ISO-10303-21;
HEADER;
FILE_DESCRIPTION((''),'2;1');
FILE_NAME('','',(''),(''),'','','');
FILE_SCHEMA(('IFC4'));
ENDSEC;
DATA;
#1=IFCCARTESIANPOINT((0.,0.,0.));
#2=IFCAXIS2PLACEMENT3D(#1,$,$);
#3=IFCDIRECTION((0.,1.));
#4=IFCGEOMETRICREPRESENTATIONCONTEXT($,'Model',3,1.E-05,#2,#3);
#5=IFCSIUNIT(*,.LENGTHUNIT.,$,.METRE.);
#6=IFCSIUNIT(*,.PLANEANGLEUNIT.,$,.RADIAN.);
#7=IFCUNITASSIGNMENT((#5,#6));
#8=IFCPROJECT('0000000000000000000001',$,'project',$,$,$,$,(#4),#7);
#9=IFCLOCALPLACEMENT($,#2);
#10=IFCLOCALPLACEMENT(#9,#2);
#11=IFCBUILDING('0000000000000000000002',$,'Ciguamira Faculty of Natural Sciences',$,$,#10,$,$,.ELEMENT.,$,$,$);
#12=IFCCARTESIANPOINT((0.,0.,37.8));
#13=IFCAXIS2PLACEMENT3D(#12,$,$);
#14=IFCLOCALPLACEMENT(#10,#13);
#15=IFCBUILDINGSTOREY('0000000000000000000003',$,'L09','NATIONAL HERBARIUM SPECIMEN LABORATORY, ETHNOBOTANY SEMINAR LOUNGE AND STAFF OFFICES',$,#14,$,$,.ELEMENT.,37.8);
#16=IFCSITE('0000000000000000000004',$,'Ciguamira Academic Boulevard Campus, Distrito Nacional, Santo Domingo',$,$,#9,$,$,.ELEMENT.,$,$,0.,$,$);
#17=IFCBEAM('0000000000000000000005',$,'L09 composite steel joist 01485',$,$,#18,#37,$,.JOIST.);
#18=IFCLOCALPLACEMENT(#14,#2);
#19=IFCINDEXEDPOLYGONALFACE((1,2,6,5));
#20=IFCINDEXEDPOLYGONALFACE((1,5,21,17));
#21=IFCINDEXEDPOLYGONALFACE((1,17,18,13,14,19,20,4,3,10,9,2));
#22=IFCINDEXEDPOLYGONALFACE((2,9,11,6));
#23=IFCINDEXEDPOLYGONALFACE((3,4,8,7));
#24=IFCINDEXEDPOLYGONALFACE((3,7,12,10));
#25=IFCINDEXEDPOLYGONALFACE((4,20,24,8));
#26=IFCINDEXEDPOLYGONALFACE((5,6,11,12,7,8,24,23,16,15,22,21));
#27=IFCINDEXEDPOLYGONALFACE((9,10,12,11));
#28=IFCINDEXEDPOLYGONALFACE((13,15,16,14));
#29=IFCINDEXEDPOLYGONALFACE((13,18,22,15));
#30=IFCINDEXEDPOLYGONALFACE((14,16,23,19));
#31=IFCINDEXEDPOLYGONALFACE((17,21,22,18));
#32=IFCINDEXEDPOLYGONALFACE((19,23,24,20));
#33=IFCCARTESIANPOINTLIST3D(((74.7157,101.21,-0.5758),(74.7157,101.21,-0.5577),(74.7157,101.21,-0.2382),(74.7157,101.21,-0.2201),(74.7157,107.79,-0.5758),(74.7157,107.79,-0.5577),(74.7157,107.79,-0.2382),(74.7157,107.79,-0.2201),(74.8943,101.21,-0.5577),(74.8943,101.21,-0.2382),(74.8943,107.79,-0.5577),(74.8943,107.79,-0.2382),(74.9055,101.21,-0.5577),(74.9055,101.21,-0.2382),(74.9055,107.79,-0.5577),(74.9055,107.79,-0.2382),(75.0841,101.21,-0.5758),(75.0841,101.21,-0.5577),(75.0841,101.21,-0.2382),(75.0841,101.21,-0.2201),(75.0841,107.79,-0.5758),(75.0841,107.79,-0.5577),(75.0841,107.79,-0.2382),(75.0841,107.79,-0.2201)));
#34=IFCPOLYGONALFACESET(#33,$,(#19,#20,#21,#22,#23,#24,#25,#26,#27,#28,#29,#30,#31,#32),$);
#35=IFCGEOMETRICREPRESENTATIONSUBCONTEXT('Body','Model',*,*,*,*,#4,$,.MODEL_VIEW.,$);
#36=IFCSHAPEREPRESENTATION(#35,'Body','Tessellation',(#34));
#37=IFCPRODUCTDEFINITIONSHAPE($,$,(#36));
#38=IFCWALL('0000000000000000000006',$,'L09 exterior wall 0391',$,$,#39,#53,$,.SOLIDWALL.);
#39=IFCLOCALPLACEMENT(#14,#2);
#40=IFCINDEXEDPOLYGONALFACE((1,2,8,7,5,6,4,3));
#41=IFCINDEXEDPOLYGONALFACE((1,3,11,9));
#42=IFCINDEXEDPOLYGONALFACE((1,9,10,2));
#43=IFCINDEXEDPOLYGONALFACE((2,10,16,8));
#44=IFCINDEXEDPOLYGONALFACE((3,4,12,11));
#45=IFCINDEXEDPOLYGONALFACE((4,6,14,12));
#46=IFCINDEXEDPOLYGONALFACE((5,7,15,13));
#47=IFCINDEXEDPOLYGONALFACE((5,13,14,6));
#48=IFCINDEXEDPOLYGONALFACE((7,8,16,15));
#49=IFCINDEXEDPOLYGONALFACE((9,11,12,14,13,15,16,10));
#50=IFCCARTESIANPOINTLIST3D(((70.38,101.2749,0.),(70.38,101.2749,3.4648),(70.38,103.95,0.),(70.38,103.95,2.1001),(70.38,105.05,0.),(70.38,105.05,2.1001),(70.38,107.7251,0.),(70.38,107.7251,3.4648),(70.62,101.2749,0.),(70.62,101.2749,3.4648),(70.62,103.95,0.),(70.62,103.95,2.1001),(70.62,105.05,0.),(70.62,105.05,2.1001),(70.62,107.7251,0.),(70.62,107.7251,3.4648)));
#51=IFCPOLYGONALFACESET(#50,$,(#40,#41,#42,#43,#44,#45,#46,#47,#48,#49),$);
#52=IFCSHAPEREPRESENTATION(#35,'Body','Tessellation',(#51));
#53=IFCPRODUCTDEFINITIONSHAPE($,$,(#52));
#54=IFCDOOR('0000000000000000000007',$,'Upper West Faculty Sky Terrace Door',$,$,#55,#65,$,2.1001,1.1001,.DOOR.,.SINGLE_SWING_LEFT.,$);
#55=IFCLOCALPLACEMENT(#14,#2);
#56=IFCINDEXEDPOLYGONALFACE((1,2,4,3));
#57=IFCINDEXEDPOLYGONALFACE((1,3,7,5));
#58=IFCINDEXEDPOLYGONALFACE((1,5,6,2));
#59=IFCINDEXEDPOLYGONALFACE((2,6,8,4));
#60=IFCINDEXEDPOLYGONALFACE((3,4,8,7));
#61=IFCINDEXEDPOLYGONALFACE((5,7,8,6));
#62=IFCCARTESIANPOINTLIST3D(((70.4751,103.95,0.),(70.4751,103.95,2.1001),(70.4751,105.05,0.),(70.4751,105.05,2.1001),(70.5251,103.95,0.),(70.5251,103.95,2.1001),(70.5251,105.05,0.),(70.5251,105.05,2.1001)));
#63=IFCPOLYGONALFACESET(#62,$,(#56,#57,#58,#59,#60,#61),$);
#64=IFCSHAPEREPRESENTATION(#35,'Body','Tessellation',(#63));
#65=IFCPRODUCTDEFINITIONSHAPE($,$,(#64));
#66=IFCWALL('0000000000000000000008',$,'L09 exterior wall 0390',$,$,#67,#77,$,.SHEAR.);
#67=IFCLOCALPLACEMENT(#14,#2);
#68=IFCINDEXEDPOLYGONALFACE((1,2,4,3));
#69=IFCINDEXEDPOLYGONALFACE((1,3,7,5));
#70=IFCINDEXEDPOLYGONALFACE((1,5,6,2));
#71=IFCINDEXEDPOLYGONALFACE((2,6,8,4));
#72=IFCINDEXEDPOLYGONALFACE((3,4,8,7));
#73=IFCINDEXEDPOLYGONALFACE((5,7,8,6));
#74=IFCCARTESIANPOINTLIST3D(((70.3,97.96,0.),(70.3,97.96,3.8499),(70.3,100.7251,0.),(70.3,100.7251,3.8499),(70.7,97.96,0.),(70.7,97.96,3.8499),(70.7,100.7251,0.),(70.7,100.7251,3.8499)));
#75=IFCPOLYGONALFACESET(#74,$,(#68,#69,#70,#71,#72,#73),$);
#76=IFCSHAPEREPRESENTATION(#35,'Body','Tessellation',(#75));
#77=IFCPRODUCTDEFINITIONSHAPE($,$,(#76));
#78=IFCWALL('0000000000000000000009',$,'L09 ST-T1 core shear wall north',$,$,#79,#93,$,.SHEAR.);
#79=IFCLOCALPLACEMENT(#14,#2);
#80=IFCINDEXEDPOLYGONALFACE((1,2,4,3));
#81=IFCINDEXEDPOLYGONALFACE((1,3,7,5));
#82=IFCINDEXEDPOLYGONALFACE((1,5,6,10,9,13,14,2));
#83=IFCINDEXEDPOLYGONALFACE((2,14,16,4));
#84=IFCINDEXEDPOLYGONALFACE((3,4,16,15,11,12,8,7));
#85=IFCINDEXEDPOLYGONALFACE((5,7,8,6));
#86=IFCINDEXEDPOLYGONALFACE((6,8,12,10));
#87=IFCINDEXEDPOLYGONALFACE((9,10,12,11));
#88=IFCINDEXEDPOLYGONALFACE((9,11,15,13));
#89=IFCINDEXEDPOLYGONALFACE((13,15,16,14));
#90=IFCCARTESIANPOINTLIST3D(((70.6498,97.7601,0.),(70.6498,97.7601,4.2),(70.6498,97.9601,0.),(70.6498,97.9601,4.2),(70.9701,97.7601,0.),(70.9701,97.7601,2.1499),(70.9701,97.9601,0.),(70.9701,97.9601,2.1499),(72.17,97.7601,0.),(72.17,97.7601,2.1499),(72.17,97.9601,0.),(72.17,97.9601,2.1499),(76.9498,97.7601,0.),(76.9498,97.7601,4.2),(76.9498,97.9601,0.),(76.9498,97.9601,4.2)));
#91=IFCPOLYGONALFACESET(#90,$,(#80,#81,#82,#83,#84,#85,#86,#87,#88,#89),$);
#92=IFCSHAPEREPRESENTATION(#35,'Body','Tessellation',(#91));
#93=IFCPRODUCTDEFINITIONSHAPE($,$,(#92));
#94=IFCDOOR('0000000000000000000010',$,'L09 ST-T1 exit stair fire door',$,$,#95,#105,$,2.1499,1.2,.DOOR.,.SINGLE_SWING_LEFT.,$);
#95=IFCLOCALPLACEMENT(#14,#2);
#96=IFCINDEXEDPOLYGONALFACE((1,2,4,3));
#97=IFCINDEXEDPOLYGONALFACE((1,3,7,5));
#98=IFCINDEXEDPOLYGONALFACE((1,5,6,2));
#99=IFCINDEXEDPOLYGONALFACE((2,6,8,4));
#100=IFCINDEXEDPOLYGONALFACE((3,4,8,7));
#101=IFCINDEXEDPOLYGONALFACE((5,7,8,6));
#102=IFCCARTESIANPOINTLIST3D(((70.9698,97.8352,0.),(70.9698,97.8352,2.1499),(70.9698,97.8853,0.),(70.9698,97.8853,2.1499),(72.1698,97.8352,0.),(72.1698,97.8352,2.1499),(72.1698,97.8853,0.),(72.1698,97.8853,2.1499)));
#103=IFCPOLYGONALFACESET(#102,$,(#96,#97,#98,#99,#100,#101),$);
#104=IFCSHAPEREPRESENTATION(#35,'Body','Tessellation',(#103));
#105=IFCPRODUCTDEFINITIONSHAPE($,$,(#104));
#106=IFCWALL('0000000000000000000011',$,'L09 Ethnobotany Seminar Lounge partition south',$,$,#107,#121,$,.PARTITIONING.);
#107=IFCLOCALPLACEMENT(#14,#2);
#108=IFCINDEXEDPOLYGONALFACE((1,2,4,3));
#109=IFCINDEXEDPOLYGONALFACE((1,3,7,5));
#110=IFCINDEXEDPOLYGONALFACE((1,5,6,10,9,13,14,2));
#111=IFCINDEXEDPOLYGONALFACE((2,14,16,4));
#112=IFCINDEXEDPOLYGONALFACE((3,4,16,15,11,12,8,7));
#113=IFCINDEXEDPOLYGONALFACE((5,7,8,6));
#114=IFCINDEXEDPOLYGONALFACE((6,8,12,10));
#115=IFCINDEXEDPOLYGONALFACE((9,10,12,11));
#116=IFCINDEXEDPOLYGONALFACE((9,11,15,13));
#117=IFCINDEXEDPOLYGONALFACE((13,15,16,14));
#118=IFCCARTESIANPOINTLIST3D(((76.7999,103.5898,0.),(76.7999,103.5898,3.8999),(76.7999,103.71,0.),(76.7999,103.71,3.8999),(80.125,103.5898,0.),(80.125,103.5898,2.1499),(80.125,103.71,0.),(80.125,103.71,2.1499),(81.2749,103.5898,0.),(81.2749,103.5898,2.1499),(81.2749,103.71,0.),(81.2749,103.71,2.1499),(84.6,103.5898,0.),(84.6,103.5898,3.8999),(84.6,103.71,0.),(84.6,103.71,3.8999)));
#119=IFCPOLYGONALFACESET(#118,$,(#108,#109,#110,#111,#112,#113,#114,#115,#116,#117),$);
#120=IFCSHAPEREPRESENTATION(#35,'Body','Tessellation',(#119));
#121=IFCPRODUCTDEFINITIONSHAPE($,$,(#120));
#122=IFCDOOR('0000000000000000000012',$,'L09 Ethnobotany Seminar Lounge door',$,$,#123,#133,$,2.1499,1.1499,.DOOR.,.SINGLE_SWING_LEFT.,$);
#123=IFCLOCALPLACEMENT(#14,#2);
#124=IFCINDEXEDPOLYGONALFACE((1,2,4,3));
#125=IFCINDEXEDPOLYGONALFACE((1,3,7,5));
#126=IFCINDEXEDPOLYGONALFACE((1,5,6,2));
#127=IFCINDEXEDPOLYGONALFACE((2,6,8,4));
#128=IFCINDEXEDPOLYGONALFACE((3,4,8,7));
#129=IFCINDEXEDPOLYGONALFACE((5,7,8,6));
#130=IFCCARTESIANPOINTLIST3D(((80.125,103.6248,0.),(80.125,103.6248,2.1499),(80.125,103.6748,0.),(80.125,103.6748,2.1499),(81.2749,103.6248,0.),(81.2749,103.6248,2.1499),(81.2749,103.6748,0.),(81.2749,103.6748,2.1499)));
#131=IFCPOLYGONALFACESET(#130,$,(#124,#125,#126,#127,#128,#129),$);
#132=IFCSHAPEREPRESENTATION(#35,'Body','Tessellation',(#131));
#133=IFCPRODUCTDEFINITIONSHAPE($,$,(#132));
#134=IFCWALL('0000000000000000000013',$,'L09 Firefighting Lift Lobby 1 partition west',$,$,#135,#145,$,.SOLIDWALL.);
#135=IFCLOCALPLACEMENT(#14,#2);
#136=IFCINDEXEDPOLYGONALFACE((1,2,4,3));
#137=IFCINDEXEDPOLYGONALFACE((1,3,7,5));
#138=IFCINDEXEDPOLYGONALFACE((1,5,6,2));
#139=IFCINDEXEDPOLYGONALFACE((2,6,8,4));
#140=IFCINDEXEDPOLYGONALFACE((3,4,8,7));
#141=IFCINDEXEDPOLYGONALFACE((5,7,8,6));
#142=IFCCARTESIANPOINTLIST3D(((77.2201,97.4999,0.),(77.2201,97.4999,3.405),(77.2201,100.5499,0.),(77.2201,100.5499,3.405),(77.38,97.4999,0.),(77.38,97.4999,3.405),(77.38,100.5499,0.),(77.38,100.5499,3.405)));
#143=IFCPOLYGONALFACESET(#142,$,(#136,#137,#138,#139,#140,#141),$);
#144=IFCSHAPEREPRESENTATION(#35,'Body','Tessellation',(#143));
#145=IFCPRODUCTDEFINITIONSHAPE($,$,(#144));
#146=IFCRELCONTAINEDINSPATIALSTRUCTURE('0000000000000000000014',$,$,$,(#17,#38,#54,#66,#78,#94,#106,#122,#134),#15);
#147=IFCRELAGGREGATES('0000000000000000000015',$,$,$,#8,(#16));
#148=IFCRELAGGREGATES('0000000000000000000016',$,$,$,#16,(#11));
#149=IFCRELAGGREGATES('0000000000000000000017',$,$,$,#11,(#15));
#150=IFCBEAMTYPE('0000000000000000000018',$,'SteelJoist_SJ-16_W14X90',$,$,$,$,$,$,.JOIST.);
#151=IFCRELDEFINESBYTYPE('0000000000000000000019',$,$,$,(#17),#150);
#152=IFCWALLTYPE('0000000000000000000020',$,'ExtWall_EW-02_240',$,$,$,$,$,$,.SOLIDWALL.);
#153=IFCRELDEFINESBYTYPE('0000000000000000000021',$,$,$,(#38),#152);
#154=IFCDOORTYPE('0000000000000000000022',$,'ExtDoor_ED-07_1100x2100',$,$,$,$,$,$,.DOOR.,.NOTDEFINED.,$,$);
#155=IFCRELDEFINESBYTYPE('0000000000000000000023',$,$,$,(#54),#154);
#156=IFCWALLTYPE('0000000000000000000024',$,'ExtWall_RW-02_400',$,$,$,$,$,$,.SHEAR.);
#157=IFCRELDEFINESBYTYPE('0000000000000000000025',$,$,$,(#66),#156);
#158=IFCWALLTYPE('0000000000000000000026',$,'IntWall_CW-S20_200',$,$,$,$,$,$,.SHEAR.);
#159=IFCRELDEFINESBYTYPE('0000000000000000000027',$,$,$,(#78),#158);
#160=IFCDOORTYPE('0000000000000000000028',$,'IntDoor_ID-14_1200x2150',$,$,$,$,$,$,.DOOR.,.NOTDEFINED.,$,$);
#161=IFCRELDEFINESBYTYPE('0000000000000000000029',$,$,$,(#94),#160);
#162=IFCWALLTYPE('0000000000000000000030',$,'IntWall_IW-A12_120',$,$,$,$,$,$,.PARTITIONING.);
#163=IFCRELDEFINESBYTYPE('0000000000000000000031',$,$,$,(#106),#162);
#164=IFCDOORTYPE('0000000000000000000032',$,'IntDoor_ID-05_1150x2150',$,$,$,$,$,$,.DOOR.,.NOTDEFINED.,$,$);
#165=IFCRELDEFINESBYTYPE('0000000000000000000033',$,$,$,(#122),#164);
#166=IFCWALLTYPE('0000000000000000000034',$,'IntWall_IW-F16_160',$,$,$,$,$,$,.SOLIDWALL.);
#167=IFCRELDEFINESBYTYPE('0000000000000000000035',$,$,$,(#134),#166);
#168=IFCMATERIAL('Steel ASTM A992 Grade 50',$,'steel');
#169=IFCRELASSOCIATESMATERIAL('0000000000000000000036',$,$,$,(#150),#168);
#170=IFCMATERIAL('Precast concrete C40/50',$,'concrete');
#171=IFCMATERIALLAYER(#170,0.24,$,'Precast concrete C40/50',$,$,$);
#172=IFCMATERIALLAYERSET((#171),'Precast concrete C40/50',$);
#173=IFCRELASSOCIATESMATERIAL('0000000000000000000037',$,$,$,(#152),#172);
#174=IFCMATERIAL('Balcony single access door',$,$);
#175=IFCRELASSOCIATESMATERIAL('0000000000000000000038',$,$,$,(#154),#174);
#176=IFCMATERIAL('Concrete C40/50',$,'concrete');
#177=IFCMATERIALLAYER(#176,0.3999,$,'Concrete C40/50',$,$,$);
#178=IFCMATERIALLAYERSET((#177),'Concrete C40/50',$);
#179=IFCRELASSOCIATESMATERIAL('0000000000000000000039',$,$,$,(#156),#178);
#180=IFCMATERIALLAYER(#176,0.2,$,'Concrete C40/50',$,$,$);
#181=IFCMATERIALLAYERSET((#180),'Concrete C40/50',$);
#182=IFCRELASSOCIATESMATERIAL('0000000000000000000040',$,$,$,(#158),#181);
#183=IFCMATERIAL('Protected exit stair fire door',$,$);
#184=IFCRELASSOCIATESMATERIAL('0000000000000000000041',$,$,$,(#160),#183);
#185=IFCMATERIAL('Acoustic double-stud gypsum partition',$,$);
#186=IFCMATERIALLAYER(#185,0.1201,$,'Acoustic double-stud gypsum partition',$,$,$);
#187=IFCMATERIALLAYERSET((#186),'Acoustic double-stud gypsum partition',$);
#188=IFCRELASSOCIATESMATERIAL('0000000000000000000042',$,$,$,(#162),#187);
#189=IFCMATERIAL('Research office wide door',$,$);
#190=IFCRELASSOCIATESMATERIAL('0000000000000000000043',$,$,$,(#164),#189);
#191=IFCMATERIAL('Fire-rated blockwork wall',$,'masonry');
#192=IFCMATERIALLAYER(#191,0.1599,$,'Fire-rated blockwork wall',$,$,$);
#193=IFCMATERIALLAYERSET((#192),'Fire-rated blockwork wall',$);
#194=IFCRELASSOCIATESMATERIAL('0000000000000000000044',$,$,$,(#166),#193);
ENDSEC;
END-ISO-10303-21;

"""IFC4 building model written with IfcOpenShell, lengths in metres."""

from ifc_helpers import new_model, si_unit, direction, frame, frame_2d, origin, origin_2d, place, context, subcontext, project, spatial, rectangle, i_section, extrude, material, layer, layer_set, material_profile, profile_set, type_object, element, fill, save


model = new_model("IFC4")

# Units and contexts
model_context = context("Model", 3, precision=1e-05, world=origin(), true_north=direction((0.0, 1.0)))
body_context = subcontext(model_context, "Body", "Model", "MODEL_VIEW")
ifc_project = project(units=[si_unit("LENGTHUNIT", "METRE"), si_unit("PLANEANGLEUNIT", "RADIAN")], contexts=[model_context])

# Site, building, storey
site_placement = place(None, origin())
site = spatial("IfcSite", under=ifc_project, at=site_placement, Name="Ciguamira Academic Boulevard Campus, Distrito Nacional, Santo Domingo", CompositionType="ELEMENT", RefElevation=0.0)
building_placement = place(site_placement, origin())
building = spatial("IfcBuilding", under=site, at=building_placement, Name="Ciguamira Faculty of Natural Sciences", CompositionType="ELEMENT")
storey_placement = place(building_placement, frame((0.0, 0.0, 37.8)))
storey = spatial("IfcBuildingStorey", under=building, at=storey_placement, Name="L09", Description="NATIONAL HERBARIUM SPECIMEN LABORATORY, ETHNOBOTANY SEMINAR LOUNGE AND STAFF OFFICES", CompositionType="ELEMENT", Elevation=37.8)

# Shared definitions
ifc_material_1 = material(Name="Concrete C40/50", Category="concrete")

# Beam
ifc_material_2 = material(Name="Precast concrete C40/50", Category="concrete")
ifc_material_3 = material(Name="Steel ASTM A992 Grade 50", Category="steel")
ifc_material_profile_1 = material_profile(ifc_material_3, i_section(OverallWidth=0.3684, OverallDepth=0.3557, WebThickness=0.0112, FlangeThickness=0.0181, at=origin_2d()), Name="W14X90")
ifc_profile_set_1 = profile_set([ifc_material_profile_1], Name="Steel ASTM A992 Grade 50")
beam_type_1 = type_object("IfcBeamType", Name="SteelJoist_SJ-16_W14X90", PredefinedType="JOIST", material=ifc_profile_set_1)
beam_1_placement = place(storey_placement, frame((74.8999, 101.21, -0.3979), z_axis=(0.0, 1.0, 0.0), x_axis=(-1.0, 0.0, 0.0)))
element("IfcBeam", 1, at=beam_1_placement, inside=storey, type_object=beam_type_1, Name="L09 composite steel joist 01485", PredefinedType="JOIST", context=body_context, shape_type="SweptSolid", body=[
    extrude(i_section(OverallWidth=0.3684, OverallDepth=0.3557, WebThickness=0.0112, FlangeThickness=0.0181, at=origin_2d()), origin(), (0.0, 0.0, 1.0), 6.5801),
])

# Wall, opening, door
ifc_layer_1 = layer(ifc_material_2, 0.24, Name="Precast concrete C40/50")
ifc_layer_set_1 = layer_set([ifc_layer_1], Name="Precast concrete C40/50")
wall_type_1 = type_object("IfcWallType", Name="ExtWall_EW-02_240", PredefinedType="SOLIDWALL", material=ifc_layer_set_1)
wall_1_placement = place(storey_placement, frame((70.5, 101.2749, 0.0), z_axis=(0.0, 0.0, 1.0), x_axis=(0.0, 1.0, 0.0)))
wall_1 = element("IfcWall", 2, at=wall_1_placement, inside=storey, type_object=wall_type_1, Name="L09 exterior wall 0391", PredefinedType="SOLIDWALL", context=body_context, shape_type="SweptSolid", body=[
    extrude(rectangle(XDim=6.4502, YDim=0.24, at=frame_2d((3.2251, 0.0))), origin(), (0.0, 0.0, 1.0), 3.4648),
])
opening_1_placement = place(wall_1_placement, frame((2.675, 0.0, 0.0)))
opening_1 = element("IfcOpeningElement", 3, at=opening_1_placement, cuts=wall_1, PredefinedType="OPENING", context=body_context, shape_type="SweptSolid", body=[
    extrude(rectangle(XDim=1.1001, YDim=2.1001, at=frame_2d((0.55, 1.05))), frame((0.0, 0.1299, 0.0), z_axis=(0.0, -1.0, 0.0), x_axis=(1.0, 0.0, 0.0)), (0.0, 0.0, 1.0), 0.26),
])
ifc_material_4 = material(Name="Balcony single access door")
door_type_1 = type_object("IfcDoorType", Name="ExtDoor_ED-07_1100x2100", OperationType="NOTDEFINED", PredefinedType="DOOR", material=ifc_material_4)
door_1_placement = place(opening_1_placement, origin())
door_1 = element("IfcDoor", 4, at=door_1_placement, inside=storey, type_object=door_type_1, Name="Upper West Faculty Sky Terrace Door", OperationType="SINGLE_SWING_LEFT", OverallHeight=2.1001, OverallWidth=1.1001, PredefinedType="DOOR", context=body_context, shape_type="SweptSolid", body=[
    extrude(rectangle(XDim=1.1001, YDim=2.1001, at=frame_2d((0.55, 1.05))), frame((0.0, 0.0249, 0.0), z_axis=(0.0, -1.0, 0.0), x_axis=(1.0, 0.0, 0.0)), (0.0, 0.0, 1.0), 0.05),
])
fill(opening_1, door_1)

# Wall
ifc_layer_2 = layer(ifc_material_1, 0.3999, Name="Concrete C40/50")
ifc_layer_set_2 = layer_set([ifc_layer_2], Name="Concrete C40/50")
wall_type_2 = type_object("IfcWallType", Name="ExtWall_RW-02_400", PredefinedType="SHEAR", material=ifc_layer_set_2)
wall_2_placement = place(storey_placement, frame((70.5, 97.96, 0.0), z_axis=(0.0, 0.0, 1.0), x_axis=(0.0, 1.0, 0.0)))
element("IfcWall", 5, at=wall_2_placement, inside=storey, type_object=wall_type_2, Name="L09 exterior wall 0390", PredefinedType="SHEAR", context=body_context, shape_type="SweptSolid", body=[
    extrude(rectangle(XDim=2.7651, YDim=0.3999, at=frame_2d((1.3826, 0.0))), origin(), (0.0, 0.0, 1.0), 3.8499),
])

# Walls, openings, doors
ifc_layer_3 = layer(ifc_material_1, 0.2, Name="Concrete C40/50")
ifc_layer_set_3 = layer_set([ifc_layer_3], Name="Concrete C40/50")
wall_type_3 = type_object("IfcWallType", Name="IntWall_CW-S20_200", PredefinedType="SHEAR", material=ifc_layer_set_3)
wall_3_placement = place(storey_placement, frame((70.6499, 97.8601, 0.0), z_axis=(0.0, 0.0, 1.0), x_axis=(1.0, 0.0, 0.0)))
wall_3 = element("IfcWall", 6, at=wall_3_placement, inside=storey, type_object=wall_type_3, Name="L09 ST-T1 core shear wall north", PredefinedType="SHEAR", context=body_context, shape_type="SweptSolid", body=[
    extrude(rectangle(XDim=6.3, YDim=0.2, at=frame_2d((3.1499, 0.0))), origin(), (0.0, 0.0, 1.0), 4.2),
])
opening_2_placement = place(wall_3_placement, frame((0.3201, 0.0, 0.0)))
opening_2 = element("IfcOpeningElement", 7, at=opening_2_placement, cuts=wall_3, PredefinedType="OPENING", context=body_context, shape_type="SweptSolid", body=[
    extrude(rectangle(XDim=1.2, YDim=2.1499, at=frame_2d((0.6001, 1.075))), frame((0.0, 0.1099, 0.0), z_axis=(0.0, -1.0, 0.0), x_axis=(1.0, 0.0, 0.0)), (0.0, 0.0, 1.0), 0.22),
])
ifc_material_5 = material(Name="Protected exit stair fire door")
door_type_2 = type_object("IfcDoorType", Name="IntDoor_ID-14_1200x2150", OperationType="NOTDEFINED", PredefinedType="DOOR", material=ifc_material_5)
door_2_placement = place(opening_2_placement, frame((1.2, 0.0, 0.0), z_axis=(0.0, 0.0, 1.0), x_axis=(-1.0, 0.0, 0.0)))
door_2 = element("IfcDoor", 8, at=door_2_placement, inside=storey, type_object=door_type_2, Name="L09 ST-T1 exit stair fire door", OperationType="SINGLE_SWING_LEFT", OverallHeight=2.1499, OverallWidth=1.2, PredefinedType="DOOR", context=body_context, shape_type="SweptSolid", body=[
    extrude(rectangle(XDim=1.2, YDim=2.1499, at=frame_2d((0.6001, 1.075))), frame((0.0, 0.0249, 0.0), z_axis=(0.0, -1.0, 0.0), x_axis=(1.0, 0.0, 0.0)), (0.0, 0.0, 1.0), 0.05),
])
fill(opening_2, door_2)
ifc_material_6 = material(Name="Acoustic double-stud gypsum partition")
ifc_layer_4 = layer(ifc_material_6, 0.1201, Name="Acoustic double-stud gypsum partition")
ifc_layer_set_4 = layer_set([ifc_layer_4], Name="Acoustic double-stud gypsum partition")
wall_type_4 = type_object("IfcWallType", Name="IntWall_IW-A12_120", PredefinedType="PARTITIONING", material=ifc_layer_set_4)
wall_4_placement = place(storey_placement, frame((76.8, 103.6499, 0.0), z_axis=(0.0, 0.0, 1.0), x_axis=(1.0, 0.0, 0.0)))
wall_4 = element("IfcWall", 9, at=wall_4_placement, inside=storey, type_object=wall_type_4, Name="L09 Ethnobotany Seminar Lounge partition south", PredefinedType="PARTITIONING", context=body_context, shape_type="SweptSolid", body=[
    extrude(rectangle(XDim=7.8, YDim=0.1201, at=frame_2d((3.8999, 0.0))), origin(), (0.0, 0.0, 1.0), 3.8999),
])
opening_3_placement = place(wall_4_placement, frame((3.325, 0.0, 0.0)))
opening_3 = element("IfcOpeningElement", 10, at=opening_3_placement, cuts=wall_4, PredefinedType="OPENING", context=body_context, shape_type="SweptSolid", body=[
    extrude(rectangle(XDim=1.1499, YDim=2.1499, at=frame_2d((0.575, 1.075))), frame((0.0, 0.0701, 0.0), z_axis=(0.0, -1.0, 0.0), x_axis=(1.0, 0.0, 0.0)), (0.0, 0.0, 1.0), 0.1401),
])
ifc_material_7 = material(Name="Research office wide door")
door_type_3 = type_object("IfcDoorType", Name="IntDoor_ID-05_1150x2150", OperationType="NOTDEFINED", PredefinedType="DOOR", material=ifc_material_7)
door_3_placement = place(opening_3_placement, origin())
door_3 = element("IfcDoor", 11, at=door_3_placement, inside=storey, type_object=door_type_3, Name="L09 Ethnobotany Seminar Lounge door", OperationType="SINGLE_SWING_LEFT", OverallHeight=2.1499, OverallWidth=1.1499, PredefinedType="DOOR", context=body_context, shape_type="SweptSolid", body=[
    extrude(rectangle(XDim=1.1499, YDim=2.1499, at=frame_2d((0.575, 1.075))), frame((0.0, 0.0249, 0.0), z_axis=(0.0, -1.0, 0.0), x_axis=(1.0, 0.0, 0.0)), (0.0, 0.0, 1.0), 0.05),
])
fill(opening_3, door_3)
ifc_material_8 = material(Name="Fire-rated blockwork wall", Category="masonry")
ifc_layer_5 = layer(ifc_material_8, 0.1599, Name="Fire-rated blockwork wall")
ifc_layer_set_5 = layer_set([ifc_layer_5], Name="Fire-rated blockwork wall")
wall_type_5 = type_object("IfcWallType", Name="IntWall_IW-F16_160", PredefinedType="SOLIDWALL", material=ifc_layer_set_5)

# Wall
wall_5_placement = place(storey_placement, frame((77.3, 97.5, 0.0), z_axis=(0.0, 0.0, 1.0), x_axis=(0.0, 1.0, 0.0)))
element("IfcWall", 12, at=wall_5_placement, inside=storey, type_object=wall_type_5, Name="L09 Firefighting Lift Lobby 1 partition west", PredefinedType="SOLIDWALL", context=body_context, shape_type="SweptSolid", body=[
    extrude(rectangle(XDim=3.05, YDim=0.1599, at=frame_2d((1.5249, 0.0))), origin(), (0.0, 0.0, 1.0), 3.405),
])

save(model, "model.ifc")
